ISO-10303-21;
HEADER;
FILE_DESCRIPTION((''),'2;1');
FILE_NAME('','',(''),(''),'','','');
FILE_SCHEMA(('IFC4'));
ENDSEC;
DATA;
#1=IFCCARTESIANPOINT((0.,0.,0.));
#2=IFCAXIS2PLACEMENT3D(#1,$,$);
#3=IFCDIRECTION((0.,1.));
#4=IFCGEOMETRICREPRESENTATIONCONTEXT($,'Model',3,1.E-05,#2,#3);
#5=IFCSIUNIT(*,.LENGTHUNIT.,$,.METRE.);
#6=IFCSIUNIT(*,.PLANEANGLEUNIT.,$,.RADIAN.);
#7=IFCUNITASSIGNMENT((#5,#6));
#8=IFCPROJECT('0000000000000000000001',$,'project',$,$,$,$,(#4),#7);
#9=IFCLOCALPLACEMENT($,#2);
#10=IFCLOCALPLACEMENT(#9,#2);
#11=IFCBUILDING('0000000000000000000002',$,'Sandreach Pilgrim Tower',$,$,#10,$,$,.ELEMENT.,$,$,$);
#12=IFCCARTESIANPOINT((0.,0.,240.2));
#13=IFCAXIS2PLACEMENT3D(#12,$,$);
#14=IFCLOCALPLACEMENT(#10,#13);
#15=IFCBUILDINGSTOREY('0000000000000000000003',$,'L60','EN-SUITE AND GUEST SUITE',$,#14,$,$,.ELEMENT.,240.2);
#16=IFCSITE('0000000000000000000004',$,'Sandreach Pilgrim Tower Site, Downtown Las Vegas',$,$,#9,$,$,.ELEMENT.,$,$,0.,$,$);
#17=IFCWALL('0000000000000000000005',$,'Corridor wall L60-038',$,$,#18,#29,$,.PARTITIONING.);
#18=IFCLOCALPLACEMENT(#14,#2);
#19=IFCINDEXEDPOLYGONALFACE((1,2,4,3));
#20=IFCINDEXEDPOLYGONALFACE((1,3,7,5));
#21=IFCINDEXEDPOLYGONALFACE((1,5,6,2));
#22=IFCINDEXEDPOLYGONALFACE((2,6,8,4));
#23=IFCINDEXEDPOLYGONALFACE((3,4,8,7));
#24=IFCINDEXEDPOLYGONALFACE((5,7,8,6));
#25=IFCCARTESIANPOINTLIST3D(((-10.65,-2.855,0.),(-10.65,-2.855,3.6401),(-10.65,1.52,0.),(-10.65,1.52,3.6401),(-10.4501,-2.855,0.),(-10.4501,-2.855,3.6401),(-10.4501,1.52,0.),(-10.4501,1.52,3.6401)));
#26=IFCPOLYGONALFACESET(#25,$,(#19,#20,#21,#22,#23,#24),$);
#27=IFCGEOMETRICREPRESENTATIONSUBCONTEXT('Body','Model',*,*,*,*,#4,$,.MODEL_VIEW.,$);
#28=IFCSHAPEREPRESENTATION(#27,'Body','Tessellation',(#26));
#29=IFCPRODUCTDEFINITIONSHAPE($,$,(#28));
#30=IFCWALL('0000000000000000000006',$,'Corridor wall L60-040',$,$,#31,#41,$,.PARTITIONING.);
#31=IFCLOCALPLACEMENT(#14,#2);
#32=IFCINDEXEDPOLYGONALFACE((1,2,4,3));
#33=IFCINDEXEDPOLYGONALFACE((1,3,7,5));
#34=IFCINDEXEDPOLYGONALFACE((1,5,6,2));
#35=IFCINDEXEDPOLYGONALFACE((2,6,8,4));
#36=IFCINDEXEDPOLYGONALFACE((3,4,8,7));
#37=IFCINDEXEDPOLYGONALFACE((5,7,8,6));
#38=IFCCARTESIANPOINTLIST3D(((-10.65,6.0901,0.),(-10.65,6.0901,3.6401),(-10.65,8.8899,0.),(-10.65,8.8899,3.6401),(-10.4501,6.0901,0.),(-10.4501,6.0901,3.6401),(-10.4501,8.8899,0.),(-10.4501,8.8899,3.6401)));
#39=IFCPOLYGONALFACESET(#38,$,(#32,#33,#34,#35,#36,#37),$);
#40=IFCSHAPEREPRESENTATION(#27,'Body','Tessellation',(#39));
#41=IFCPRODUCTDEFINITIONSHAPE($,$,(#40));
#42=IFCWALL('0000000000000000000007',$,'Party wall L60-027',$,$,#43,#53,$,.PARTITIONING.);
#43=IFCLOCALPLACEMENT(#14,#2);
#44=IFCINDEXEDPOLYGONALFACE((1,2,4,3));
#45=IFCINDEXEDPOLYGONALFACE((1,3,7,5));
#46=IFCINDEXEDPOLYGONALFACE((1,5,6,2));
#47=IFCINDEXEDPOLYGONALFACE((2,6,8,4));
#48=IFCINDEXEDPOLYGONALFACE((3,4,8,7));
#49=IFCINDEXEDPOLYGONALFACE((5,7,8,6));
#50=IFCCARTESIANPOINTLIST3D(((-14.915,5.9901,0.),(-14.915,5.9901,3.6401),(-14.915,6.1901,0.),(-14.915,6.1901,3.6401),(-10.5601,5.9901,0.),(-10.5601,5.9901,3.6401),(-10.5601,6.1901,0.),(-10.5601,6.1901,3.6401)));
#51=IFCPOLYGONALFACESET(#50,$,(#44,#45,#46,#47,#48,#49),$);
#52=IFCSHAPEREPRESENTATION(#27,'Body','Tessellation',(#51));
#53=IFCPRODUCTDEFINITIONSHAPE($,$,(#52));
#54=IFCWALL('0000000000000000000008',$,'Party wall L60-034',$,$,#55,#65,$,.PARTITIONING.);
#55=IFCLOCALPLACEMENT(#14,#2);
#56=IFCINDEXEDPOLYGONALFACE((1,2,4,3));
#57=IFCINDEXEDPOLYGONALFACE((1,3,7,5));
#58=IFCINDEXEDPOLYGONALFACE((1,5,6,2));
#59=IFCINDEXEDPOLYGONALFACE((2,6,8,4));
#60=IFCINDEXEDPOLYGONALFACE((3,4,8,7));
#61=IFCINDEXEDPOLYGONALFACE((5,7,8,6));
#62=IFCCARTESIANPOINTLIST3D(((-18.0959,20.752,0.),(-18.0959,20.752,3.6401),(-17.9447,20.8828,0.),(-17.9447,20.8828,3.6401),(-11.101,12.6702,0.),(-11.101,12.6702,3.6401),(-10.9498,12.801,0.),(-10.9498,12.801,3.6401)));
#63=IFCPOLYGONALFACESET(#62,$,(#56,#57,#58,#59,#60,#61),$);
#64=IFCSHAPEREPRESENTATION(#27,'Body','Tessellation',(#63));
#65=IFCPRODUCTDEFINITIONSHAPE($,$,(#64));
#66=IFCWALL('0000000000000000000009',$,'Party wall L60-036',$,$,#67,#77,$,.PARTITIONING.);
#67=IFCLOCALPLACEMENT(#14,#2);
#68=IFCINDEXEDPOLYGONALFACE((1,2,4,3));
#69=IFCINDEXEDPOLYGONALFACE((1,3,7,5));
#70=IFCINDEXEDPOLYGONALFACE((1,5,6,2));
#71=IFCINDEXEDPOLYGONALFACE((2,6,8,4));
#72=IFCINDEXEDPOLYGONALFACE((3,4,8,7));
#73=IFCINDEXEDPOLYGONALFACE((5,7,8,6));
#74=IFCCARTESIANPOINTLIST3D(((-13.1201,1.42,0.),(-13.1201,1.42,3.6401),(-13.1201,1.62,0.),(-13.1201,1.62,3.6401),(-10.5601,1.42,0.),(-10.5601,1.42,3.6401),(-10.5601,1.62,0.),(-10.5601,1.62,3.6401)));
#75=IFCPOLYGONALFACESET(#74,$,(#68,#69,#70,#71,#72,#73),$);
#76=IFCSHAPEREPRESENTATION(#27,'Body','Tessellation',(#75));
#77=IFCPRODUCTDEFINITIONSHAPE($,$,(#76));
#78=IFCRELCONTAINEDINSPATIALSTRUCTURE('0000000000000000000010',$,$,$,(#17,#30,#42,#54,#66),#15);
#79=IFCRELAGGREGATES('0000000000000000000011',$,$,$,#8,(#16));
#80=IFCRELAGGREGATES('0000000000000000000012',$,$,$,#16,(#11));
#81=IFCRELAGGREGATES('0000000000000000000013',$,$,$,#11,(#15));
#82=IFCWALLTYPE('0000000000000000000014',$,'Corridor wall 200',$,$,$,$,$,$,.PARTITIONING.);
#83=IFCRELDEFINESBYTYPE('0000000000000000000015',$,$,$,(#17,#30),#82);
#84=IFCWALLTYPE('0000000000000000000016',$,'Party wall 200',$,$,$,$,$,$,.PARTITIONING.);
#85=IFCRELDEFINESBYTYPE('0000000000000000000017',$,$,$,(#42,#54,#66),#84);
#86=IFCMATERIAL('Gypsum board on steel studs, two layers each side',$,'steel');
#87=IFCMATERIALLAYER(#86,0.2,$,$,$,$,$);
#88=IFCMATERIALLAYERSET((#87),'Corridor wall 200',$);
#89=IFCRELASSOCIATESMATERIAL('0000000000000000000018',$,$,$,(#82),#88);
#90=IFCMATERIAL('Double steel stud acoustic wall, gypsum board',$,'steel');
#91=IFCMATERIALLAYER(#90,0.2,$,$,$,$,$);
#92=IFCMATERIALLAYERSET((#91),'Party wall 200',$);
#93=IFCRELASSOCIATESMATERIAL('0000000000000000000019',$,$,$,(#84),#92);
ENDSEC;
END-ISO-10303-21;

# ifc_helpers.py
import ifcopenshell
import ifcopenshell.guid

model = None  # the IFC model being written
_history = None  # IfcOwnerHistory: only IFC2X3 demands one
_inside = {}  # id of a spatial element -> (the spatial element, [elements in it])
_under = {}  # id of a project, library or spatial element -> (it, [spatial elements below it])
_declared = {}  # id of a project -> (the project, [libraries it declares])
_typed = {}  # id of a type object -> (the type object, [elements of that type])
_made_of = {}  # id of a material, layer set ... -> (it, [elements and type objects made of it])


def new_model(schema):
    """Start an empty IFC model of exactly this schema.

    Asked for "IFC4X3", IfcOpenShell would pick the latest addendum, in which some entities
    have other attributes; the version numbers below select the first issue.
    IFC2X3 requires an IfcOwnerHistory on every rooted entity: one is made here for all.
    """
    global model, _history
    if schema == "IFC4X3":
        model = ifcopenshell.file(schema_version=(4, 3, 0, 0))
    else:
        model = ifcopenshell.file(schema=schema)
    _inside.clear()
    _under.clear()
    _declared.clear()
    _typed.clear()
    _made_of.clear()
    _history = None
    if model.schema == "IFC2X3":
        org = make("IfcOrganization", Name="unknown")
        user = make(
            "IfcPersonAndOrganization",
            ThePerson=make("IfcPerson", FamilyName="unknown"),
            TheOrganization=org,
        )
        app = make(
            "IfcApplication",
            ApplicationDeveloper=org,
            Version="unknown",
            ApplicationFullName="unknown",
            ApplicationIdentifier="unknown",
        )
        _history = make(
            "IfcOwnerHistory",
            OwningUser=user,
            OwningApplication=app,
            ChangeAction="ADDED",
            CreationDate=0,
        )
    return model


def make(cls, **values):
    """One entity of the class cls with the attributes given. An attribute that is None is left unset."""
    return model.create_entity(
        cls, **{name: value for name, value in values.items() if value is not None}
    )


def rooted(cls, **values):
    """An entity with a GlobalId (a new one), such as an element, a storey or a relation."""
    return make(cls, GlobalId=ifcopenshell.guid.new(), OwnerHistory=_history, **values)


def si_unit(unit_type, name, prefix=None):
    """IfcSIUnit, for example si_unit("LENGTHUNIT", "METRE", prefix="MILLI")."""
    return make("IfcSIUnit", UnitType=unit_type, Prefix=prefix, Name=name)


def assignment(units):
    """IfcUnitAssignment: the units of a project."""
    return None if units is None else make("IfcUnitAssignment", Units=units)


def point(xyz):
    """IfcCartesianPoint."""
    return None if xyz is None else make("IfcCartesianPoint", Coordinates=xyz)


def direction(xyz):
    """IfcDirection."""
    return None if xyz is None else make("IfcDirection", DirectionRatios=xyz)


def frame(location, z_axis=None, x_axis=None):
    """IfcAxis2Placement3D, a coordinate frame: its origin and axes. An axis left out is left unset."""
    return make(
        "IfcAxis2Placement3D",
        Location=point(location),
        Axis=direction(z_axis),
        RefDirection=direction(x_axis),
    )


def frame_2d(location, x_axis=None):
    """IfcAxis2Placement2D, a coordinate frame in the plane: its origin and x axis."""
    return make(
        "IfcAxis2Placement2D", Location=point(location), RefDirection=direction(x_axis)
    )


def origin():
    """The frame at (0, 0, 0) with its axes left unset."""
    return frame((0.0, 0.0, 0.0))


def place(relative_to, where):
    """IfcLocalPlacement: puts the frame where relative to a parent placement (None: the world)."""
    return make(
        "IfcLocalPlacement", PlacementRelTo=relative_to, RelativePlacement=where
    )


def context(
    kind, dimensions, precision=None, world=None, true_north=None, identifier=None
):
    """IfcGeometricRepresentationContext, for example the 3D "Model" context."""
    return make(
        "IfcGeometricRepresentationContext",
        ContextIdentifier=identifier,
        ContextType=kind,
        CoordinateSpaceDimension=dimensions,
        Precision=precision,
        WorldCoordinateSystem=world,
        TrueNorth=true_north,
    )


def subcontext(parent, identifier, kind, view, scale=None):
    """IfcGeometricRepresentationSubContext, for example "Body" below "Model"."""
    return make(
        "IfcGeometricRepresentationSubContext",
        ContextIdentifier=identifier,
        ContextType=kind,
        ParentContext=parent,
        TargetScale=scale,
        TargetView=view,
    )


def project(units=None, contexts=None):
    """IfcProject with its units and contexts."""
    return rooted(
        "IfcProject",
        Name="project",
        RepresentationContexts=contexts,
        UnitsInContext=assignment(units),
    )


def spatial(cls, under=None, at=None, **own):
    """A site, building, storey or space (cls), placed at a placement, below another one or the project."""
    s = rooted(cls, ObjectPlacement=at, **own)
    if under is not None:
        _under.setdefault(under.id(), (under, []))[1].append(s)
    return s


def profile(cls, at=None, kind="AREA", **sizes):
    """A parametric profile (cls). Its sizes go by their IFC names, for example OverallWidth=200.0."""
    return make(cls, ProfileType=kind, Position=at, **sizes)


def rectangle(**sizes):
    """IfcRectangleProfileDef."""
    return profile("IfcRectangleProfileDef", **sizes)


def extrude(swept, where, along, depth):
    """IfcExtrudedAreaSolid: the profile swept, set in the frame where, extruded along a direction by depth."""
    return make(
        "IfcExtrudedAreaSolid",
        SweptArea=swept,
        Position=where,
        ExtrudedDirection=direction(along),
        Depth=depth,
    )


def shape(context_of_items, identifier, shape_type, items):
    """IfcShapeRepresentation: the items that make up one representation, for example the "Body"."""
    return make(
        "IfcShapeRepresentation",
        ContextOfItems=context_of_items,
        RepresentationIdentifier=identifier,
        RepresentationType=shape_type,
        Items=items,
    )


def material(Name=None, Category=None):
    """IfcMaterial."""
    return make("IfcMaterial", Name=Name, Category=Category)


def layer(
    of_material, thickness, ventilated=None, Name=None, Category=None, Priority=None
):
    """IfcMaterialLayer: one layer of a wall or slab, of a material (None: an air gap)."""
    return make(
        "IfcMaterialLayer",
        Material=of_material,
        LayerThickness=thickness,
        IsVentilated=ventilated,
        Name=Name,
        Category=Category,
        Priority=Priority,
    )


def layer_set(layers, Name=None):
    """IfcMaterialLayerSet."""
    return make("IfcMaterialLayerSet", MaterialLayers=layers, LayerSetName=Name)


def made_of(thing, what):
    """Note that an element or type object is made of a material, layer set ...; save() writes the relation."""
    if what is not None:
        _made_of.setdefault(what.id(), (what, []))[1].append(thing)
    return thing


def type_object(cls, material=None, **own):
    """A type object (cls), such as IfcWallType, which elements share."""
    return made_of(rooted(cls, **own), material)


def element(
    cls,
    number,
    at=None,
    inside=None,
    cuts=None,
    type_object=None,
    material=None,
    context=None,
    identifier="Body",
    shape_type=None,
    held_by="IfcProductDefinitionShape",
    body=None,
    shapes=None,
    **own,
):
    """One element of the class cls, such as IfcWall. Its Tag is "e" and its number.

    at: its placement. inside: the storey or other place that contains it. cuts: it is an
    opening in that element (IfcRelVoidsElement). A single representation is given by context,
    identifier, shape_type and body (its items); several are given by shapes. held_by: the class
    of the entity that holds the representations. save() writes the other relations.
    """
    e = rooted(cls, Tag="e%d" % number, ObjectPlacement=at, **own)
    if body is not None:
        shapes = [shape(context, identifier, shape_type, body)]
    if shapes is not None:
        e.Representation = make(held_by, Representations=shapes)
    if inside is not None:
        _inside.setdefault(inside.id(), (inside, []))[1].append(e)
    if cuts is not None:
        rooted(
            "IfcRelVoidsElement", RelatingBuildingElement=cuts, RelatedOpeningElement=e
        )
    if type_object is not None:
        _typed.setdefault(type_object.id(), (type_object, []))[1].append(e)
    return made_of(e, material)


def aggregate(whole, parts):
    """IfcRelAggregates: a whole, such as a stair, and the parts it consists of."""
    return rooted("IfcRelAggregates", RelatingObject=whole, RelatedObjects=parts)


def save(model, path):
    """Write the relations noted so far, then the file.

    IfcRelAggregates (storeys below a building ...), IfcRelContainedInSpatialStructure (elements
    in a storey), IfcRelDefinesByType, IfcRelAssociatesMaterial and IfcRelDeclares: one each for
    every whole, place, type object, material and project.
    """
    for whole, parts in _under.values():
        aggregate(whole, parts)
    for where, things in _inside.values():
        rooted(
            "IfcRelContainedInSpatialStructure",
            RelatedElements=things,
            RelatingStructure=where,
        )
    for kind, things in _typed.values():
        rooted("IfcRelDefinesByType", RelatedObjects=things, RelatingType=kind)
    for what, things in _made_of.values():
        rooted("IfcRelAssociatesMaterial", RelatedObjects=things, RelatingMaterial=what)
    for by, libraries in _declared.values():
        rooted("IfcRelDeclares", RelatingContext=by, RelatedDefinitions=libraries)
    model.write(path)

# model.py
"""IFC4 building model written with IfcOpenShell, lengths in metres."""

from ifc_helpers import new_model, si_unit, direction, frame, frame_2d, origin, place, context, subcontext, project, spatial, rectangle, extrude, material, layer, layer_set, type_object, element, save


model = new_model("IFC4")

# Units and contexts
model_context = context("Model", 3, precision=1e-05, world=origin(), true_north=direction((0.0, 1.0)))
body_context = subcontext(model_context, "Body", "Model", "MODEL_VIEW")
ifc_project = project(units=[si_unit("LENGTHUNIT", "METRE"), si_unit("PLANEANGLEUNIT", "RADIAN")], contexts=[model_context])

# Site, building, storey
site_placement = place(None, origin())
site = spatial("IfcSite", under=ifc_project, at=site_placement, Name="Sandreach Pilgrim Tower Site, Downtown Las Vegas", CompositionType="ELEMENT", RefElevation=0.0)
building_placement = place(site_placement, origin())
building = spatial("IfcBuilding", under=site, at=building_placement, Name="Sandreach Pilgrim Tower", CompositionType="ELEMENT")
storey_placement = place(building_placement, frame((0.0, 0.0, 240.2)))
storey = spatial("IfcBuildingStorey", under=building, at=storey_placement, Name="L60", Description="EN-SUITE AND GUEST SUITE", CompositionType="ELEMENT", Elevation=240.2)

# Shared definitions
ifc_material_1 = material(Name="Gypsum board on steel studs, two layers each side", Category="steel")
ifc_layer_1 = layer(ifc_material_1, 0.2)
ifc_layer_set_1 = layer_set([ifc_layer_1], Name="Corridor wall 200")
wall_type_1 = type_object("IfcWallType", Name="Corridor wall 200", PredefinedType="PARTITIONING", material=ifc_layer_set_1)

# Wall
wall_1_placement = place(storey_placement, frame((-10.55, 1.52, 0.0), z_axis=(0.0, 0.0, 1.0), x_axis=(0.0, -1.0, 0.0)))
element("IfcWall", 1, at=wall_1_placement, inside=storey, type_object=wall_type_1, Name="Corridor wall L60-038", PredefinedType="PARTITIONING", context=body_context, shape_type="SweptSolid", body=[
    extrude(rectangle(XDim=4.375, YDim=0.2, at=frame_2d((2.1875, 0.0))), origin(), (0.0, 0.0, 1.0), 3.6401),
])

# Wall
wall_2_placement = place(storey_placement, frame((-10.55, 8.8899, 0.0), z_axis=(0.0, 0.0, 1.0), x_axis=(0.0, -1.0, 0.0)))
element("IfcWall", 2, at=wall_2_placement, inside=storey, type_object=wall_type_1, Name="Corridor wall L60-040", PredefinedType="PARTITIONING", context=body_context, shape_type="SweptSolid", body=[
    extrude(rectangle(XDim=2.7998, YDim=0.2, at=frame_2d((1.3999, 0.0))), origin(), (0.0, 0.0, 1.0), 3.6401),
])

# Walls
ifc_material_2 = material(Name="Double steel stud acoustic wall, gypsum board", Category="steel")
ifc_layer_2 = layer(ifc_material_2, 0.2)
ifc_layer_set_2 = layer_set([ifc_layer_2], Name="Party wall 200")
wall_type_2 = type_object("IfcWallType", Name="Party wall 200", PredefinedType="PARTITIONING", material=ifc_layer_set_2)
wall_3_placement = place(storey_placement, frame((-14.915, 6.0901, 0.0), z_axis=(0.0, 0.0, 1.0), x_axis=(1.0, 0.0, 0.0)))
element("IfcWall", 3, at=wall_3_placement, inside=storey, type_object=wall_type_2, Name="Party wall L60-027", PredefinedType="PARTITIONING", context=body_context, shape_type="SweptSolid", body=[
    extrude(rectangle(XDim=4.355, YDim=0.2, at=frame_2d((2.1775, 0.0))), origin(), (0.0, 0.0, 1.0), 3.6401),
])
wall_4_placement = place(storey_placement, frame((-11.0254, 12.7356, 0.0), z_axis=(0.0, 0.0, 1.0), x_axis=(-0.654431, 0.756122, 0.0)))
element("IfcWall", 4, at=wall_4_placement, inside=storey, type_object=wall_type_2, Name="Party wall L60-034", PredefinedType="PARTITIONING", context=body_context, shape_type="SweptSolid", body=[
    extrude(rectangle(XDim=10.6885, YDim=0.2, at=frame_2d((5.3442, 0.0))), origin(), (0.0, 0.0, 1.0), 3.6401),
])
wall_5_placement = place(storey_placement, frame((-10.5601, 1.52, 0.0), z_axis=(0.0, 0.0, 1.0), x_axis=(-1.0, 0.0, 0.0)))
element("IfcWall", 5, at=wall_5_placement, inside=storey, type_object=wall_type_2, Name="Party wall L60-036", PredefinedType="PARTITIONING", context=body_context, shape_type="SweptSolid", body=[
    extrude(rectangle(XDim=2.5601, YDim=0.2, at=frame_2d((1.28, 0.0))), origin(), (0.0, 0.0, 1.0), 3.6401),
])

save(model, "model.ifc")
